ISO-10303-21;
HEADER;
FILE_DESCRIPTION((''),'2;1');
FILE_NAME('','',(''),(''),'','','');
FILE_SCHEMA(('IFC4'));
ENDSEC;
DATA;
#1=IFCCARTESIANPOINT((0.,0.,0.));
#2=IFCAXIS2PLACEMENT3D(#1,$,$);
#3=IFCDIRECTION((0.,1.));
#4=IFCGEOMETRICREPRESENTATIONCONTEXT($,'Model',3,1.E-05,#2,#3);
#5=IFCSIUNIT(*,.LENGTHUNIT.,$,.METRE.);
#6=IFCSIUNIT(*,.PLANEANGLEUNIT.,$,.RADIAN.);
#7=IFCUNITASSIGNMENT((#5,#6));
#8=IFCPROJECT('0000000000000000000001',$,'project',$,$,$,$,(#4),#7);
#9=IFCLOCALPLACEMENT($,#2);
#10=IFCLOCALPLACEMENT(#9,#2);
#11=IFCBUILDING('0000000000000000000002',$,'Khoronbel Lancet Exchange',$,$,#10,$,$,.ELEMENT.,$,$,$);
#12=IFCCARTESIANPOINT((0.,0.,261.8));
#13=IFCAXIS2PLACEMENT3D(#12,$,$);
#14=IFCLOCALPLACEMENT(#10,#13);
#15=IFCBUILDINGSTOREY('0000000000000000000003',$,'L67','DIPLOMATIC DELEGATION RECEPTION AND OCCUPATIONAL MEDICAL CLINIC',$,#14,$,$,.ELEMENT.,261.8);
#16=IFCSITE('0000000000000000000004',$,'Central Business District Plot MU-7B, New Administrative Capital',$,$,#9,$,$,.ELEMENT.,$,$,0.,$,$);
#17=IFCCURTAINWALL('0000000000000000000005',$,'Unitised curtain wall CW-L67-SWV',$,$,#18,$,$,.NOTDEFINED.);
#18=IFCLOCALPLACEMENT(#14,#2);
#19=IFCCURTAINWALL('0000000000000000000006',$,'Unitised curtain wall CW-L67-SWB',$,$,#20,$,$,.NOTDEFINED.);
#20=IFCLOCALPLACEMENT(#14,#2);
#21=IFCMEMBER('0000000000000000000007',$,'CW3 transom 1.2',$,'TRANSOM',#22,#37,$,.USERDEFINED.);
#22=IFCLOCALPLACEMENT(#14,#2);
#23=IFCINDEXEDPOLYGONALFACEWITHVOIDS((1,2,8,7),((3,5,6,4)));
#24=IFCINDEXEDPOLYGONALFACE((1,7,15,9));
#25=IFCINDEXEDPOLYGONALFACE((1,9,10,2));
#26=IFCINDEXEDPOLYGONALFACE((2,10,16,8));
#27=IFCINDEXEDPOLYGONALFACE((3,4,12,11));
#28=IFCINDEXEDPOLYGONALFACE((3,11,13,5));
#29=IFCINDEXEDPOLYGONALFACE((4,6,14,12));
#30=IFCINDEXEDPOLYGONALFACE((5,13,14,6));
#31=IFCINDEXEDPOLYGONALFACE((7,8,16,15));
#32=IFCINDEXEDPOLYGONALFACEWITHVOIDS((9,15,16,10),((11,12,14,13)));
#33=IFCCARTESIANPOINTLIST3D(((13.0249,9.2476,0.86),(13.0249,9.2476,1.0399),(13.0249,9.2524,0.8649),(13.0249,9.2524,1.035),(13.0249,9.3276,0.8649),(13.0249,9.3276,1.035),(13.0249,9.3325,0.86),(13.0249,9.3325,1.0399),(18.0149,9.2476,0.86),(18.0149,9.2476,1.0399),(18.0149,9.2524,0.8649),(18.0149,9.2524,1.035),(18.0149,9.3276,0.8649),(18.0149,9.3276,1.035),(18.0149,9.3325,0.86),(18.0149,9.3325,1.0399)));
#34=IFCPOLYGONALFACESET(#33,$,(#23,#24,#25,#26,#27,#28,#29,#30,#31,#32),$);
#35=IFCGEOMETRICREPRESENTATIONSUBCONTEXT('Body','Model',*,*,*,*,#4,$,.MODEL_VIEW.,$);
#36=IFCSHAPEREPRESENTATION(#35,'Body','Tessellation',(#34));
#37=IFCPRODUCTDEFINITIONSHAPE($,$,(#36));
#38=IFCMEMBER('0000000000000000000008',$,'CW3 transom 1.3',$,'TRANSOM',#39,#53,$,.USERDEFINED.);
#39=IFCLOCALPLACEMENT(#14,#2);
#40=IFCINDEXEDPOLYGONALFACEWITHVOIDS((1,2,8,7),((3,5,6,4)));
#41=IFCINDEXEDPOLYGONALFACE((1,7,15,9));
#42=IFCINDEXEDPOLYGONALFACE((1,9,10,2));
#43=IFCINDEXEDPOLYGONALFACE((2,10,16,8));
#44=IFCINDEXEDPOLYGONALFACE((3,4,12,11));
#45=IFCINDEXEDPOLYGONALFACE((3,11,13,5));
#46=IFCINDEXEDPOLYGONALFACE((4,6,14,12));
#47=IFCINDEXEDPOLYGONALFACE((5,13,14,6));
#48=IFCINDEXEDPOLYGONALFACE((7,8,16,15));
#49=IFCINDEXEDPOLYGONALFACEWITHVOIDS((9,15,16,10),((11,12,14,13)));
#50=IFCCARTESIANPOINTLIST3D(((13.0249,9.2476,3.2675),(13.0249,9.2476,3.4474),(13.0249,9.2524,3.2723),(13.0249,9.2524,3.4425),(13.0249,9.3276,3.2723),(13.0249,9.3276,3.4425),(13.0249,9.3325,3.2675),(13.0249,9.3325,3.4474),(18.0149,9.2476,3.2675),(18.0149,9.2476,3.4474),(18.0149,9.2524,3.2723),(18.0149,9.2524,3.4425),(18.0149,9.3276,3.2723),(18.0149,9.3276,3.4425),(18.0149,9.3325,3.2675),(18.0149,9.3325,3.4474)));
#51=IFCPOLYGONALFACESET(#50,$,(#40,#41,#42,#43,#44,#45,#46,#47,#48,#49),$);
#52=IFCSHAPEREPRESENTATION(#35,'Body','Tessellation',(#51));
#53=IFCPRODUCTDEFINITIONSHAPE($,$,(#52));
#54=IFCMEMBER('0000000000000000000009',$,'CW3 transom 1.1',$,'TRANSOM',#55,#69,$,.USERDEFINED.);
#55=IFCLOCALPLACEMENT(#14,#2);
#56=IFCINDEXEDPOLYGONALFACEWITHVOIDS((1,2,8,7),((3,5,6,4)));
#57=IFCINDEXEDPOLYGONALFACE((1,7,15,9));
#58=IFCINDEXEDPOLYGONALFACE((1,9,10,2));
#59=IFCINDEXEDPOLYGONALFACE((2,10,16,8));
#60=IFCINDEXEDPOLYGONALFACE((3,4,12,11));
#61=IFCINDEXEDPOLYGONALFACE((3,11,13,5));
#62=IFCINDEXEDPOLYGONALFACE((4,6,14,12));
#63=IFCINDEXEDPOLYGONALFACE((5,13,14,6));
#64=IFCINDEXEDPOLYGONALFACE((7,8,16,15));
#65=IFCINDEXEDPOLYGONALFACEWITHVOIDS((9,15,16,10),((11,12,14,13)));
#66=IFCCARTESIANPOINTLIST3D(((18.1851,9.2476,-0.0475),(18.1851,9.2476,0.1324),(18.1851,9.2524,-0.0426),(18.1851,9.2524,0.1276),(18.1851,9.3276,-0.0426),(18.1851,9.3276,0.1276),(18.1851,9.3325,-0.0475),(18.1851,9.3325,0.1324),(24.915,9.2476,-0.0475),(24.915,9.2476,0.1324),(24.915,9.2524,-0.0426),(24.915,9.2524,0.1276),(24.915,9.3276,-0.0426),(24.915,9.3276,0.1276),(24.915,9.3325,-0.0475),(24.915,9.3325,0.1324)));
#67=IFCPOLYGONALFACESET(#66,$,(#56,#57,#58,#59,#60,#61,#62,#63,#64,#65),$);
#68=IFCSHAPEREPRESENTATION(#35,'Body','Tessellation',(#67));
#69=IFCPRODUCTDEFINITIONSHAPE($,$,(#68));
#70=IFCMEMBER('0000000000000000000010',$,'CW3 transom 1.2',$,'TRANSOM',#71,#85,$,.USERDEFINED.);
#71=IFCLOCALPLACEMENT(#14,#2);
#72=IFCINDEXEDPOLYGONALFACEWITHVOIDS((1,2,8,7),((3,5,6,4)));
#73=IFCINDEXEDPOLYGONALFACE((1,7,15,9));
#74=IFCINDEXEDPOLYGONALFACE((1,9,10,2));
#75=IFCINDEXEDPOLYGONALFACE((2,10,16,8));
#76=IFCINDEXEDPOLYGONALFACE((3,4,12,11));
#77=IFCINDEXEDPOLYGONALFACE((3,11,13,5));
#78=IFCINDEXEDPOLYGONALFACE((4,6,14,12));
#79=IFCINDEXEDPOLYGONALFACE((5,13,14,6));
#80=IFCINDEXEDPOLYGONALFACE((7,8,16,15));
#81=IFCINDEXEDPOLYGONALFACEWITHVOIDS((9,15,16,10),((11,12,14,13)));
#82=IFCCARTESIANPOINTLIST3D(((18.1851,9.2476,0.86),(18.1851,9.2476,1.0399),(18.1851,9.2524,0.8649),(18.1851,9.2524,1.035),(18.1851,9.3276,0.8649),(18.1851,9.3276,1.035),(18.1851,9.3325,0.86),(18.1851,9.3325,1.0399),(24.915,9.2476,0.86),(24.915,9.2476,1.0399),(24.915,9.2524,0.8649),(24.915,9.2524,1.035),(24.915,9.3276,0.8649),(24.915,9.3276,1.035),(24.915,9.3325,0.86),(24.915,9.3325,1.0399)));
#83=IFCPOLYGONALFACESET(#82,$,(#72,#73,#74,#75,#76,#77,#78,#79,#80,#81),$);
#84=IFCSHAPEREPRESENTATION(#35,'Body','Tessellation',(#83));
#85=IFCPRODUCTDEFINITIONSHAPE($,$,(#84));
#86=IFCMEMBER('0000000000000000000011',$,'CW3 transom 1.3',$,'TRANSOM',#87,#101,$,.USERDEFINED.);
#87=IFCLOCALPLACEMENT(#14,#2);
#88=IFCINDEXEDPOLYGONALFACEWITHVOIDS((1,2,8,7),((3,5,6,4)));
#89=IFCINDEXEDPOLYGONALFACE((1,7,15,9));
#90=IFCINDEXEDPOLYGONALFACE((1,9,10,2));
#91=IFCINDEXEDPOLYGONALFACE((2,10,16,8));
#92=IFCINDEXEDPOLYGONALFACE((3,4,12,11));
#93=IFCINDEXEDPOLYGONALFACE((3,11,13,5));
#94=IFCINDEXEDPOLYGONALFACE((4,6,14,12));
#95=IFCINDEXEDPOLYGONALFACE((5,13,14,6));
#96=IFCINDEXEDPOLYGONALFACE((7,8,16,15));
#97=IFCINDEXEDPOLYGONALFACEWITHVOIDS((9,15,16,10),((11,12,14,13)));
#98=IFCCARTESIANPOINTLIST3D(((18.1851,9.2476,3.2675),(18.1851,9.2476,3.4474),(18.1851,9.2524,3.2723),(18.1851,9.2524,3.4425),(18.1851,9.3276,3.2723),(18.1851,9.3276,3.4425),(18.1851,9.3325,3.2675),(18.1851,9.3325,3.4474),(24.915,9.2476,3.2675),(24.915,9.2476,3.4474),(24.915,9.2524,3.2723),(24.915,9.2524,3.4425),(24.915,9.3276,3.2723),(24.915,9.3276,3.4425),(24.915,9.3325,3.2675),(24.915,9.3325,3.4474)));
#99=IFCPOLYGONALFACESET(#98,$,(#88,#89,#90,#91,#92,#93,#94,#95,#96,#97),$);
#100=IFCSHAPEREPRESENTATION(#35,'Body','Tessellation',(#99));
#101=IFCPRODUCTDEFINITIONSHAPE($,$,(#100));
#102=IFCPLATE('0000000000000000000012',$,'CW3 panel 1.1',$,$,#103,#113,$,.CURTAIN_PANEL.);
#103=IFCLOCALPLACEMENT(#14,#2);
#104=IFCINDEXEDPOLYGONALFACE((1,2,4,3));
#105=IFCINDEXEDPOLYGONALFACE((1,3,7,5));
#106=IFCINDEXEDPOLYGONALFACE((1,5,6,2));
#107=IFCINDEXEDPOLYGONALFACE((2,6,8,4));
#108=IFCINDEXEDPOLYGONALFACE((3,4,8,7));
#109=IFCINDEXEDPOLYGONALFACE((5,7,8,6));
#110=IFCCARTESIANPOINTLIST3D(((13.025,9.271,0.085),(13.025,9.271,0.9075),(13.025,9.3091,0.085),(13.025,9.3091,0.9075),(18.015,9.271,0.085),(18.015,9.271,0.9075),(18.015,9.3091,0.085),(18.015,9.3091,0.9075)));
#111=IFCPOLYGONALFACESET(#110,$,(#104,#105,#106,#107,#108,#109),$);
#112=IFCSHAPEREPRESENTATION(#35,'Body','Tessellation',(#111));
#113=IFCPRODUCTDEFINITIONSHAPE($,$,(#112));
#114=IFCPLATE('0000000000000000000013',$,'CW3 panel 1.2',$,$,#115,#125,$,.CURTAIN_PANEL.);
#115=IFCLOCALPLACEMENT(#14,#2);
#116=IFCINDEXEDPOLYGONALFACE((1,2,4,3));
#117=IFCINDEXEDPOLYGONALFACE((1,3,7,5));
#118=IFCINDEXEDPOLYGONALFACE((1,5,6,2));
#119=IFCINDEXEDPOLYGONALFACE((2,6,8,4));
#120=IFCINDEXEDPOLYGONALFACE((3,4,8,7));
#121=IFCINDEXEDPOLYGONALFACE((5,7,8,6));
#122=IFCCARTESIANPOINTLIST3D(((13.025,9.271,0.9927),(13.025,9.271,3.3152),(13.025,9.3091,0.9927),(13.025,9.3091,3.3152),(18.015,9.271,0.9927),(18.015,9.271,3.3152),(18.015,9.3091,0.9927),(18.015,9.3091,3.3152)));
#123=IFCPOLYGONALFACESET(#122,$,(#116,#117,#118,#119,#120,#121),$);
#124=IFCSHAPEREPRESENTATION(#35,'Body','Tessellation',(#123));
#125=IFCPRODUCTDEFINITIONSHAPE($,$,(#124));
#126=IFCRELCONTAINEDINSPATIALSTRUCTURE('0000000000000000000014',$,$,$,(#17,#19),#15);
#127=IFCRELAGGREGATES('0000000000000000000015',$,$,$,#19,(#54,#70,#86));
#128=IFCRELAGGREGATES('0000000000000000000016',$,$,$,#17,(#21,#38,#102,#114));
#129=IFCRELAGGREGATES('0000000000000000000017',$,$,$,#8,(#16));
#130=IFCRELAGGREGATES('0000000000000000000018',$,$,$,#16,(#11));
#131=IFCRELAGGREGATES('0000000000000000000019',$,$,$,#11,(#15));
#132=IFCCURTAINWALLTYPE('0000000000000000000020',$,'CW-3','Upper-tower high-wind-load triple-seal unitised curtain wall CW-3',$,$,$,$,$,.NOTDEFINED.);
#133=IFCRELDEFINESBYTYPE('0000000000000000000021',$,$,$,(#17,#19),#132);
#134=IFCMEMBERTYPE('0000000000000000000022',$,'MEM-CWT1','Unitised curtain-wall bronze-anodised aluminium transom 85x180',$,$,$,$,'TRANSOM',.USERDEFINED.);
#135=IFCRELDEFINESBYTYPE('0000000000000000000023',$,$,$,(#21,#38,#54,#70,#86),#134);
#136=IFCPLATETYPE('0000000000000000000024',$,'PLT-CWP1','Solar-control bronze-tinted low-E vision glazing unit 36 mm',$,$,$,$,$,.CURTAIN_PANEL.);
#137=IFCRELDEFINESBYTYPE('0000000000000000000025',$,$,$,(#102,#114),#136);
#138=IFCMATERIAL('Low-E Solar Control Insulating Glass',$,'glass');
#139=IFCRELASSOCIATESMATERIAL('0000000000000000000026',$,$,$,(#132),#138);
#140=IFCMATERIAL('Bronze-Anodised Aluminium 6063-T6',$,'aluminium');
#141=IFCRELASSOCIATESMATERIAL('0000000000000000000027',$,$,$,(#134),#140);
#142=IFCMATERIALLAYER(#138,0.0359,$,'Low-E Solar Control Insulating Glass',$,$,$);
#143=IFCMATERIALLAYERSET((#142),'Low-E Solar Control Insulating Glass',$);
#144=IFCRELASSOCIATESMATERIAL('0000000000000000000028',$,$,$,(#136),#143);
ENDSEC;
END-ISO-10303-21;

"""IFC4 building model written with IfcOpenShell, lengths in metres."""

from ifc_helpers import new_model, si_unit, direction, frame, origin, origin_2d, place, context, subcontext, project, spatial, rectangle, hollow_rectangle, extrude, material, layer, layer_set, material_profile, profile_set, type_object, element, aggregate, save


model = new_model("IFC4")

# Units and contexts
model_context = context("Model", 3, precision=1e-05, world=origin(), true_north=direction((0.0, 1.0)))
body_context = subcontext(model_context, "Body", "Model", "MODEL_VIEW")
ifc_project = project(units=[si_unit("LENGTHUNIT", "METRE"), si_unit("PLANEANGLEUNIT", "RADIAN")], contexts=[model_context])

# Site, building, storey
site_placement = place(None, origin())
site = spatial("IfcSite", under=ifc_project, at=site_placement, Name="Central Business District Plot MU-7B, New Administrative Capital", CompositionType="ELEMENT", RefElevation=0.0)
building_placement = place(site_placement, origin())
building = spatial("IfcBuilding", under=site, at=building_placement, Name="Khoronbel Lancet Exchange", CompositionType="ELEMENT")
storey_placement = place(building_placement, frame((0.0, 0.0, 261.8)))
storey = spatial("IfcBuildingStorey", under=building, at=storey_placement, Name="L67", Description="DIPLOMATIC DELEGATION RECEPTION AND OCCUPATIONAL MEDICAL CLINIC", CompositionType="ELEMENT", Elevation=261.8)

# Curtain wall
ifc_material_1 = material(Name="Low-E Solar Control Insulating Glass", Category="glass")
curtain_wall_type = type_object("IfcCurtainWallType", Name="CW-3", Description="Upper-tower high-wind-load triple-seal unitised curtain wall CW-3", PredefinedType="NOTDEFINED", material=ifc_material_1)
curtain_wall_1_placement = place(storey_placement, origin())
curtain_wall_1 = element("IfcCurtainWall", 1, at=curtain_wall_1_placement, inside=storey, type_object=curtain_wall_type, Name="Unitised curtain wall CW-L67-SWV", PredefinedType="NOTDEFINED")
ifc_material_2 = material(Name="Bronze-Anodised Aluminium 6063-T6", Category="aluminium")

# Curtain wall
curtain_wall_2_placement = place(storey_placement, origin())
curtain_wall_2 = element("IfcCurtainWall", 2, at=curtain_wall_2_placement, inside=storey, type_object=curtain_wall_type, Name="Unitised curtain wall CW-L67-SWB", PredefinedType="NOTDEFINED")

# Members
ifc_material_profile_1 = material_profile(ifc_material_2, hollow_rectangle(XDim=0.085, YDim=0.1799, WallThickness=0.0049, at=origin_2d()), Name="ALU TRANSOM 85x180")
ifc_profile_set_1 = profile_set([ifc_material_profile_1], Name="Bronze-Anodised Aluminium 6063-T6")
member_type_1 = type_object("IfcMemberType", Name="MEM-CWT1", Description="Unitised curtain-wall bronze-anodised aluminium transom 85x180", ElementType="TRANSOM", PredefinedType="USERDEFINED", material=ifc_profile_set_1)
member_1_placement = place(storey_placement, frame((13.0249, 9.29, 0.95), z_axis=(1.0, 0.0, 0.0), x_axis=(0.0, 1.0, 0.0)))
member_1 = element("IfcMember", 3, at=member_1_placement, type_object=member_type_1, Name="CW3 transom 1.2", ObjectType="TRANSOM", PredefinedType="USERDEFINED", context=body_context, shape_type="SweptSolid", body=[
    extrude(hollow_rectangle(XDim=0.085, YDim=0.1799, WallThickness=0.0049, at=origin_2d()), origin(), (0.0, 0.0, 1.0), 4.99),
])
member_2_placement = place(storey_placement, frame((13.0249, 9.29, 3.3574), z_axis=(1.0, 0.0, 0.0), x_axis=(0.0, 1.0, 0.0)))
member_2 = element("IfcMember", 4, at=member_2_placement, type_object=member_type_1, Name="CW3 transom 1.3", ObjectType="TRANSOM", PredefinedType="USERDEFINED", context=body_context, shape_type="SweptSolid", body=[
    extrude(hollow_rectangle(XDim=0.085, YDim=0.1799, WallThickness=0.0049, at=origin_2d()), origin(), (0.0, 0.0, 1.0), 4.99),
])
member_3_placement = place(storey_placement, frame((18.1851, 9.29, 0.0425), z_axis=(1.0, 0.0, 0.0), x_axis=(0.0, 1.0, 0.0)))
member_3 = element("IfcMember", 5, at=member_3_placement, type_object=member_type_1, Name="CW3 transom 1.1", ObjectType="TRANSOM", PredefinedType="USERDEFINED", context=body_context, shape_type="SweptSolid", body=[
    extrude(hollow_rectangle(XDim=0.085, YDim=0.1799, WallThickness=0.0049, at=origin_2d()), origin(), (0.0, 0.0, 1.0), 6.73),
])
member_4_placement = place(storey_placement, frame((18.1851, 9.29, 0.95), z_axis=(1.0, 0.0, 0.0), x_axis=(0.0, 1.0, 0.0)))
member_4 = element("IfcMember", 6, at=member_4_placement, type_object=member_type_1, Name="CW3 transom 1.2", ObjectType="TRANSOM", PredefinedType="USERDEFINED", context=body_context, shape_type="SweptSolid", body=[
    extrude(hollow_rectangle(XDim=0.085, YDim=0.1799, WallThickness=0.0049, at=origin_2d()), origin(), (0.0, 0.0, 1.0), 6.73),
])
member_5_placement = place(storey_placement, frame((18.1851, 9.29, 3.3574), z_axis=(1.0, 0.0, 0.0), x_axis=(0.0, 1.0, 0.0)))
member_5 = element("IfcMember", 7, at=member_5_placement, type_object=member_type_1, Name="CW3 transom 1.3", ObjectType="TRANSOM", PredefinedType="USERDEFINED", context=body_context, shape_type="SweptSolid", body=[
    extrude(hollow_rectangle(XDim=0.085, YDim=0.1799, WallThickness=0.0049, at=origin_2d()), origin(), (0.0, 0.0, 1.0), 6.73),
])
aggregate(curtain_wall_2, [member_3, member_4, member_5])

# Plates
ifc_layer_1 = layer(ifc_material_1, 0.0359, Name="Low-E Solar Control Insulating Glass")
ifc_layer_set_1 = layer_set([ifc_layer_1], Name="Low-E Solar Control Insulating Glass")
plate_type = type_object("IfcPlateType", Name="PLT-CWP1", Description="Solar-control bronze-tinted low-E vision glazing unit 36 mm", PredefinedType="CURTAIN_PANEL", material=ifc_layer_set_1)
plate_1_placement = place(storey_placement, frame((15.52, 9.29, 0.085), z_axis=(0.0, 0.0, 1.0), x_axis=(1.0, 0.0, 0.0)))
plate_1 = element("IfcPlate", 8, at=plate_1_placement, type_object=plate_type, Name="CW3 panel 1.1", PredefinedType="CURTAIN_PANEL", context=body_context, shape_type="SweptSolid", body=[
    extrude(rectangle(XDim=4.99, YDim=0.0381, at=origin_2d()), origin(), (0.0, 0.0, 1.0), 0.8225),
])
plate_2_placement = place(storey_placement, frame((15.52, 9.29, 0.9927), z_axis=(0.0, 0.0, 1.0), x_axis=(1.0, 0.0, 0.0)))
plate_2 = element("IfcPlate", 9, at=plate_2_placement, type_object=plate_type, Name="CW3 panel 1.2", PredefinedType="CURTAIN_PANEL", context=body_context, shape_type="SweptSolid", body=[
    extrude(rectangle(XDim=4.99, YDim=0.0381, at=origin_2d()), origin(), (0.0, 0.0, 1.0), 2.3225),
])
aggregate(curtain_wall_1, [member_1, member_2, plate_1, plate_2])

save(model, "model.ifc")
